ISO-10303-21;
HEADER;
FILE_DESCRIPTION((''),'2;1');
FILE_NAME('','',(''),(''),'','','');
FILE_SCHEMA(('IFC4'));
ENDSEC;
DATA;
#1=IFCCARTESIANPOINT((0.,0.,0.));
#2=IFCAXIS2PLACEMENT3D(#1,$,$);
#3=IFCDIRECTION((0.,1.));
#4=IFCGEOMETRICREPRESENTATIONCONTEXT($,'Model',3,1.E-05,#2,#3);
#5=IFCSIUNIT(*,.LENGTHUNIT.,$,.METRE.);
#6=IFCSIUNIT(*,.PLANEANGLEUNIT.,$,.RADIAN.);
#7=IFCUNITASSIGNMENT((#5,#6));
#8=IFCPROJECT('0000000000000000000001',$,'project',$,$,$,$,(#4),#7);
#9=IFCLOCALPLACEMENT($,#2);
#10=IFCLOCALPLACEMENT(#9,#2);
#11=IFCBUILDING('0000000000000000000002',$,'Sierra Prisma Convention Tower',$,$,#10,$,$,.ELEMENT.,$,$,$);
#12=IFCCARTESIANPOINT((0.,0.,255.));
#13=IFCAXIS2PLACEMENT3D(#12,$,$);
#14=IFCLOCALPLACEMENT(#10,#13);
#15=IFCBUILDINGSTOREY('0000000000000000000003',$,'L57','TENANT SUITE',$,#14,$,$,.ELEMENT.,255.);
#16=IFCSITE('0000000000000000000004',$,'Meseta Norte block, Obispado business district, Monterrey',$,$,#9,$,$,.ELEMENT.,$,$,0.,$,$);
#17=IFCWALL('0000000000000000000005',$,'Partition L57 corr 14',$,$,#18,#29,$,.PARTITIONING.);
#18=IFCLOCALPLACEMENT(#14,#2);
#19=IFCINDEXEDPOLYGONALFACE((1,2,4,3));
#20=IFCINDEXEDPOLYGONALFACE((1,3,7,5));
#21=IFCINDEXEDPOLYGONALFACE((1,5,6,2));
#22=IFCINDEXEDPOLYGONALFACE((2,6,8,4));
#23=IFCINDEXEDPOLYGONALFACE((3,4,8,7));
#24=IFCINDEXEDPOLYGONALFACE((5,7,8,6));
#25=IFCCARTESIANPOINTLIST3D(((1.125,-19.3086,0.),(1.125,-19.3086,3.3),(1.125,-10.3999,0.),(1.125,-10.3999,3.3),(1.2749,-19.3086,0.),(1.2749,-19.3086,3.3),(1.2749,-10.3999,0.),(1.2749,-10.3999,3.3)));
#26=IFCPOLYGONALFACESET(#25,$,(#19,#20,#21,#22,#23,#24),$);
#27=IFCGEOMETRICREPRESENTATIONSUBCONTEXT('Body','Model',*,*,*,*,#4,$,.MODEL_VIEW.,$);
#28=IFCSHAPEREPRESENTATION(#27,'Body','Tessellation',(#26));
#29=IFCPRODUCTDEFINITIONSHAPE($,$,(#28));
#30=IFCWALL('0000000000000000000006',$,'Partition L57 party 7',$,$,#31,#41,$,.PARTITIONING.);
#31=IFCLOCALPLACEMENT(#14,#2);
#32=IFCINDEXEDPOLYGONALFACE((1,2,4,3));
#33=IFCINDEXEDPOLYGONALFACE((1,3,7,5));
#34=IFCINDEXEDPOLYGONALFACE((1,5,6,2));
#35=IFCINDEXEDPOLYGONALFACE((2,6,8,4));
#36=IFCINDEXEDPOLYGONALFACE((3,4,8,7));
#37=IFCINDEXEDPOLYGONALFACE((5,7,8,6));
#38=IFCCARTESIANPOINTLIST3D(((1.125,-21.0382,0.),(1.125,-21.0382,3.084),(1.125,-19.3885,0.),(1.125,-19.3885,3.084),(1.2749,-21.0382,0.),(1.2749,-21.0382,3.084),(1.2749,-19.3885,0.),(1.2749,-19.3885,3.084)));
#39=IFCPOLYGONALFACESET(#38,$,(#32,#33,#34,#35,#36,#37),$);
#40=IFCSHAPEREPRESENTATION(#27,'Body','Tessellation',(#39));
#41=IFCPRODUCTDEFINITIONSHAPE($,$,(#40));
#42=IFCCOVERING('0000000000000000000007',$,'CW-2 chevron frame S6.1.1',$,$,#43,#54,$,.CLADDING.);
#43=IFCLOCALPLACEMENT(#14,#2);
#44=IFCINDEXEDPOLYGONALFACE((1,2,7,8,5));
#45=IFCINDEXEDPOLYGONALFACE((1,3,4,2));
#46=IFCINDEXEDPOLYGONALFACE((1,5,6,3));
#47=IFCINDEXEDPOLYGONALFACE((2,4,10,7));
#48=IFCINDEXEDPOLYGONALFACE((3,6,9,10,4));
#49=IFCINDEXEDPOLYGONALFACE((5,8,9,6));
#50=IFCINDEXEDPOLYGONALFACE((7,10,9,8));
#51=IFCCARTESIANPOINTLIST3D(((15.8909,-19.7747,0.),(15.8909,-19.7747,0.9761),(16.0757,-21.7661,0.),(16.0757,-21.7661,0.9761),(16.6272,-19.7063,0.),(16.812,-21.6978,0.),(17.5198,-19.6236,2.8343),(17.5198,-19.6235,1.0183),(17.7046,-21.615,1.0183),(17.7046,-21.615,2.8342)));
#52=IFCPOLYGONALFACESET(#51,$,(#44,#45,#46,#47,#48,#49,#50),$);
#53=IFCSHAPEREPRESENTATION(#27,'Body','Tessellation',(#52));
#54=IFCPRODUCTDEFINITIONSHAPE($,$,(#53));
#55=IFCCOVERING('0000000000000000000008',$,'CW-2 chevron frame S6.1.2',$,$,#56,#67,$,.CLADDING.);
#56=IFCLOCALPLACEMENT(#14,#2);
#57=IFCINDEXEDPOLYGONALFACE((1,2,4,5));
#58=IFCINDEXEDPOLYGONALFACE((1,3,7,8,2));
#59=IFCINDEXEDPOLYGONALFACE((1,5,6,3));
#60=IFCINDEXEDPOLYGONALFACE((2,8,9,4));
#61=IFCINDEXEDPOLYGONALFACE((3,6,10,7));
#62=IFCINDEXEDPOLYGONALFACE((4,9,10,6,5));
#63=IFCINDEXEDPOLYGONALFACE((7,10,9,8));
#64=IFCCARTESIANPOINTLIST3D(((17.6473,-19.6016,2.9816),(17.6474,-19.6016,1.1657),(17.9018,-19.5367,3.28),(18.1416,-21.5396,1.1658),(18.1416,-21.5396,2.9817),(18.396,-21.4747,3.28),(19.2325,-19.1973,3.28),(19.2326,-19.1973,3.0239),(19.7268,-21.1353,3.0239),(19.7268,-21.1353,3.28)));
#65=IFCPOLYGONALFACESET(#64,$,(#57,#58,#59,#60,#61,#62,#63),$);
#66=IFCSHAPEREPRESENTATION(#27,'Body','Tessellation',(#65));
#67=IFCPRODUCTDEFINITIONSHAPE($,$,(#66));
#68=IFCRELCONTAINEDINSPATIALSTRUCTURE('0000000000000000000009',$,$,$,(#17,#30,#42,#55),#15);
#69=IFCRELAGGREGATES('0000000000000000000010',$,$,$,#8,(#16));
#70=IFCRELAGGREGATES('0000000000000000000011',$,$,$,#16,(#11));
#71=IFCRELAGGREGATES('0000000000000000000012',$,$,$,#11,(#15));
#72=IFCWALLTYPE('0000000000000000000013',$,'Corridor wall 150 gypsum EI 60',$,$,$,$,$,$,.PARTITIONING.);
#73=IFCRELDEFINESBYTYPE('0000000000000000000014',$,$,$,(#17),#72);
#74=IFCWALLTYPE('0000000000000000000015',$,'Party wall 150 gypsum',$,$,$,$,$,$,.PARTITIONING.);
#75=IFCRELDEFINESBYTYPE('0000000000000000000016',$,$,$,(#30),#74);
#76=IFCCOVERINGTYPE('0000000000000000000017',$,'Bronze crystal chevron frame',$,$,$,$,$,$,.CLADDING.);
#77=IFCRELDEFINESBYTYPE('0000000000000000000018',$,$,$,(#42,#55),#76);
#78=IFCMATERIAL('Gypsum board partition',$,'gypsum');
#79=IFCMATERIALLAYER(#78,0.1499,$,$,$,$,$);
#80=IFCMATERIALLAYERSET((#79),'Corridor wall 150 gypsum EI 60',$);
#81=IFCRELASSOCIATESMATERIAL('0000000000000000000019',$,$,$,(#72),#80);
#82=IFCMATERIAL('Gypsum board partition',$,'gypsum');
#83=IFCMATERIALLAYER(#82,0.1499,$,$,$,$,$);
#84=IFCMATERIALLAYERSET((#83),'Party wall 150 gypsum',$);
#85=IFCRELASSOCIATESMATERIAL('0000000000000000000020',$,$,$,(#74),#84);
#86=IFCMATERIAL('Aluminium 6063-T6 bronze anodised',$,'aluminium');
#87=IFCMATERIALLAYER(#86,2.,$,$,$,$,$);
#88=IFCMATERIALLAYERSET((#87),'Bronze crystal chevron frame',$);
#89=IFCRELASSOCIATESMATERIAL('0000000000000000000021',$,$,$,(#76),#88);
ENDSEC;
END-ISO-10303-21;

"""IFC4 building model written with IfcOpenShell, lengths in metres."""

from ifc_helpers import new_model, si_unit, direction, frame, frame_2d, origin, place, context, subcontext, project, spatial, polyline, rectangle, outline, extrude, material, layer, layer_set, type_object, element, save


model = new_model("IFC4")

# Units and contexts
model_context = context("Model", 3, precision=1e-05, world=origin(), true_north=direction((0.0, 1.0)))
body_context = subcontext(model_context, "Body", "Model", "MODEL_VIEW")
ifc_project = project(units=[si_unit("LENGTHUNIT", "METRE"), si_unit("PLANEANGLEUNIT", "RADIAN")], contexts=[model_context])

# Site, building, storey
site_placement = place(None, origin())
site = spatial("IfcSite", under=ifc_project, at=site_placement, Name="Meseta Norte block, Obispado business district, Monterrey", CompositionType="ELEMENT", RefElevation=0.0)
building_placement = place(site_placement, origin())
building = spatial("IfcBuilding", under=site, at=building_placement, Name="Sierra Prisma Convention Tower", CompositionType="ELEMENT")
storey_placement = place(building_placement, frame((0.0, 0.0, 255.0)))
storey = spatial("IfcBuildingStorey", under=building, at=storey_placement, Name="L57", Description="TENANT SUITE", CompositionType="ELEMENT", Elevation=255.0)

# Walls
ifc_material_1 = material(Name="Gypsum board partition", Category="gypsum")
ifc_layer_1 = layer(ifc_material_1, 0.1499)
ifc_layer_set_1 = layer_set([ifc_layer_1], Name="Corridor wall 150 gypsum EI 60")
wall_type_1 = type_object("IfcWallType", Name="Corridor wall 150 gypsum EI 60", PredefinedType="PARTITIONING", material=ifc_layer_set_1)
wall_1_placement = place(storey_placement, frame((1.2, -19.3086, 0.0), z_axis=(0.0, 0.0, 1.0), x_axis=(0.0, 1.0, 0.0)))
element("IfcWall", 1, at=wall_1_placement, inside=storey, type_object=wall_type_1, Name="Partition L57 corr 14", PredefinedType="PARTITIONING", context=body_context, shape_type="SweptSolid", body=[
    extrude(rectangle(XDim=8.9087, YDim=0.1499, at=frame_2d((4.4543, 0.0))), origin(), (0.0, 0.0, 1.0), 3.3),
])
ifc_material_2 = material(Name="Gypsum board partition", Category="gypsum")
ifc_layer_2 = layer(ifc_material_2, 0.1499)
ifc_layer_set_2 = layer_set([ifc_layer_2], Name="Party wall 150 gypsum")
wall_type_2 = type_object("IfcWallType", Name="Party wall 150 gypsum", PredefinedType="PARTITIONING", material=ifc_layer_set_2)
wall_2_placement = place(storey_placement, frame((1.2, -19.3887, 0.0), z_axis=(0.0, 0.0, 1.0), x_axis=(0.0, -1.0, 0.0)))
element("IfcWall", 2, at=wall_2_placement, inside=storey, type_object=wall_type_2, Name="Partition L57 party 7", PredefinedType="PARTITIONING", context=body_context, shape_type="SweptSolid", body=[
    extrude(rectangle(XDim=1.6497, YDim=0.1499, at=frame_2d((0.8247, 0.0))), origin(), (0.0, 0.0, 1.0), 3.084),
])

# Coverings
ifc_material_3 = material(Name="Aluminium 6063-T6 bronze anodised", Category="aluminium")
ifc_layer_3 = layer(ifc_material_3, 2.0)
ifc_layer_set_3 = layer_set([ifc_layer_3], Name="Bronze crystal chevron frame")
covering_type = type_object("IfcCoveringType", Name="Bronze crystal chevron frame", PredefinedType="CLADDING", material=ifc_layer_set_3)
covering_1_placement = place(storey_placement, frame((16.0757, -21.7661, 0.0), z_axis=(0.092388, -0.995723, -0.000014), x_axis=(0.995723, 0.092388, 0.0)))
element("IfcCovering", 3, at=covering_1_placement, inside=storey, type_object=covering_type, Name="CW-2 chevron frame S6.1.1", PredefinedType="CLADDING", context=body_context, shape_type="SweptSolid", body=[
    extrude(outline(polyline([(0.0, 0.0), (0.7395, 0.0), (1.6359, 1.0183), (1.6359, 2.8342), (0.0, 0.9761), (0.0, 0.0)])), origin(), (0.0, 0.0, -1.0), 2.0),
])
covering_2_placement = place(storey_placement, frame((18.1416, -21.5396, 2.9817), z_axis=(0.247128, -0.968983, 0.000025), x_axis=(0.000006, -0.000024, -1.0)))
element("IfcCovering", 4, at=covering_2_placement, inside=storey, type_object=covering_type, Name="CW-2 chevron frame S6.1.2", PredefinedType="CLADDING", context=body_context, shape_type="SweptSolid", body=[
    extrude(outline(polyline([(0.0, 0.0), (1.8159, 0.0), (-0.0422, 1.6359), (-0.2983, 1.6359), (-0.2983, 0.2626), (0.0, 0.0)])), origin(), (0.0, 0.0, -1.0), 2.0),
])

save(model, "model.ifc")
